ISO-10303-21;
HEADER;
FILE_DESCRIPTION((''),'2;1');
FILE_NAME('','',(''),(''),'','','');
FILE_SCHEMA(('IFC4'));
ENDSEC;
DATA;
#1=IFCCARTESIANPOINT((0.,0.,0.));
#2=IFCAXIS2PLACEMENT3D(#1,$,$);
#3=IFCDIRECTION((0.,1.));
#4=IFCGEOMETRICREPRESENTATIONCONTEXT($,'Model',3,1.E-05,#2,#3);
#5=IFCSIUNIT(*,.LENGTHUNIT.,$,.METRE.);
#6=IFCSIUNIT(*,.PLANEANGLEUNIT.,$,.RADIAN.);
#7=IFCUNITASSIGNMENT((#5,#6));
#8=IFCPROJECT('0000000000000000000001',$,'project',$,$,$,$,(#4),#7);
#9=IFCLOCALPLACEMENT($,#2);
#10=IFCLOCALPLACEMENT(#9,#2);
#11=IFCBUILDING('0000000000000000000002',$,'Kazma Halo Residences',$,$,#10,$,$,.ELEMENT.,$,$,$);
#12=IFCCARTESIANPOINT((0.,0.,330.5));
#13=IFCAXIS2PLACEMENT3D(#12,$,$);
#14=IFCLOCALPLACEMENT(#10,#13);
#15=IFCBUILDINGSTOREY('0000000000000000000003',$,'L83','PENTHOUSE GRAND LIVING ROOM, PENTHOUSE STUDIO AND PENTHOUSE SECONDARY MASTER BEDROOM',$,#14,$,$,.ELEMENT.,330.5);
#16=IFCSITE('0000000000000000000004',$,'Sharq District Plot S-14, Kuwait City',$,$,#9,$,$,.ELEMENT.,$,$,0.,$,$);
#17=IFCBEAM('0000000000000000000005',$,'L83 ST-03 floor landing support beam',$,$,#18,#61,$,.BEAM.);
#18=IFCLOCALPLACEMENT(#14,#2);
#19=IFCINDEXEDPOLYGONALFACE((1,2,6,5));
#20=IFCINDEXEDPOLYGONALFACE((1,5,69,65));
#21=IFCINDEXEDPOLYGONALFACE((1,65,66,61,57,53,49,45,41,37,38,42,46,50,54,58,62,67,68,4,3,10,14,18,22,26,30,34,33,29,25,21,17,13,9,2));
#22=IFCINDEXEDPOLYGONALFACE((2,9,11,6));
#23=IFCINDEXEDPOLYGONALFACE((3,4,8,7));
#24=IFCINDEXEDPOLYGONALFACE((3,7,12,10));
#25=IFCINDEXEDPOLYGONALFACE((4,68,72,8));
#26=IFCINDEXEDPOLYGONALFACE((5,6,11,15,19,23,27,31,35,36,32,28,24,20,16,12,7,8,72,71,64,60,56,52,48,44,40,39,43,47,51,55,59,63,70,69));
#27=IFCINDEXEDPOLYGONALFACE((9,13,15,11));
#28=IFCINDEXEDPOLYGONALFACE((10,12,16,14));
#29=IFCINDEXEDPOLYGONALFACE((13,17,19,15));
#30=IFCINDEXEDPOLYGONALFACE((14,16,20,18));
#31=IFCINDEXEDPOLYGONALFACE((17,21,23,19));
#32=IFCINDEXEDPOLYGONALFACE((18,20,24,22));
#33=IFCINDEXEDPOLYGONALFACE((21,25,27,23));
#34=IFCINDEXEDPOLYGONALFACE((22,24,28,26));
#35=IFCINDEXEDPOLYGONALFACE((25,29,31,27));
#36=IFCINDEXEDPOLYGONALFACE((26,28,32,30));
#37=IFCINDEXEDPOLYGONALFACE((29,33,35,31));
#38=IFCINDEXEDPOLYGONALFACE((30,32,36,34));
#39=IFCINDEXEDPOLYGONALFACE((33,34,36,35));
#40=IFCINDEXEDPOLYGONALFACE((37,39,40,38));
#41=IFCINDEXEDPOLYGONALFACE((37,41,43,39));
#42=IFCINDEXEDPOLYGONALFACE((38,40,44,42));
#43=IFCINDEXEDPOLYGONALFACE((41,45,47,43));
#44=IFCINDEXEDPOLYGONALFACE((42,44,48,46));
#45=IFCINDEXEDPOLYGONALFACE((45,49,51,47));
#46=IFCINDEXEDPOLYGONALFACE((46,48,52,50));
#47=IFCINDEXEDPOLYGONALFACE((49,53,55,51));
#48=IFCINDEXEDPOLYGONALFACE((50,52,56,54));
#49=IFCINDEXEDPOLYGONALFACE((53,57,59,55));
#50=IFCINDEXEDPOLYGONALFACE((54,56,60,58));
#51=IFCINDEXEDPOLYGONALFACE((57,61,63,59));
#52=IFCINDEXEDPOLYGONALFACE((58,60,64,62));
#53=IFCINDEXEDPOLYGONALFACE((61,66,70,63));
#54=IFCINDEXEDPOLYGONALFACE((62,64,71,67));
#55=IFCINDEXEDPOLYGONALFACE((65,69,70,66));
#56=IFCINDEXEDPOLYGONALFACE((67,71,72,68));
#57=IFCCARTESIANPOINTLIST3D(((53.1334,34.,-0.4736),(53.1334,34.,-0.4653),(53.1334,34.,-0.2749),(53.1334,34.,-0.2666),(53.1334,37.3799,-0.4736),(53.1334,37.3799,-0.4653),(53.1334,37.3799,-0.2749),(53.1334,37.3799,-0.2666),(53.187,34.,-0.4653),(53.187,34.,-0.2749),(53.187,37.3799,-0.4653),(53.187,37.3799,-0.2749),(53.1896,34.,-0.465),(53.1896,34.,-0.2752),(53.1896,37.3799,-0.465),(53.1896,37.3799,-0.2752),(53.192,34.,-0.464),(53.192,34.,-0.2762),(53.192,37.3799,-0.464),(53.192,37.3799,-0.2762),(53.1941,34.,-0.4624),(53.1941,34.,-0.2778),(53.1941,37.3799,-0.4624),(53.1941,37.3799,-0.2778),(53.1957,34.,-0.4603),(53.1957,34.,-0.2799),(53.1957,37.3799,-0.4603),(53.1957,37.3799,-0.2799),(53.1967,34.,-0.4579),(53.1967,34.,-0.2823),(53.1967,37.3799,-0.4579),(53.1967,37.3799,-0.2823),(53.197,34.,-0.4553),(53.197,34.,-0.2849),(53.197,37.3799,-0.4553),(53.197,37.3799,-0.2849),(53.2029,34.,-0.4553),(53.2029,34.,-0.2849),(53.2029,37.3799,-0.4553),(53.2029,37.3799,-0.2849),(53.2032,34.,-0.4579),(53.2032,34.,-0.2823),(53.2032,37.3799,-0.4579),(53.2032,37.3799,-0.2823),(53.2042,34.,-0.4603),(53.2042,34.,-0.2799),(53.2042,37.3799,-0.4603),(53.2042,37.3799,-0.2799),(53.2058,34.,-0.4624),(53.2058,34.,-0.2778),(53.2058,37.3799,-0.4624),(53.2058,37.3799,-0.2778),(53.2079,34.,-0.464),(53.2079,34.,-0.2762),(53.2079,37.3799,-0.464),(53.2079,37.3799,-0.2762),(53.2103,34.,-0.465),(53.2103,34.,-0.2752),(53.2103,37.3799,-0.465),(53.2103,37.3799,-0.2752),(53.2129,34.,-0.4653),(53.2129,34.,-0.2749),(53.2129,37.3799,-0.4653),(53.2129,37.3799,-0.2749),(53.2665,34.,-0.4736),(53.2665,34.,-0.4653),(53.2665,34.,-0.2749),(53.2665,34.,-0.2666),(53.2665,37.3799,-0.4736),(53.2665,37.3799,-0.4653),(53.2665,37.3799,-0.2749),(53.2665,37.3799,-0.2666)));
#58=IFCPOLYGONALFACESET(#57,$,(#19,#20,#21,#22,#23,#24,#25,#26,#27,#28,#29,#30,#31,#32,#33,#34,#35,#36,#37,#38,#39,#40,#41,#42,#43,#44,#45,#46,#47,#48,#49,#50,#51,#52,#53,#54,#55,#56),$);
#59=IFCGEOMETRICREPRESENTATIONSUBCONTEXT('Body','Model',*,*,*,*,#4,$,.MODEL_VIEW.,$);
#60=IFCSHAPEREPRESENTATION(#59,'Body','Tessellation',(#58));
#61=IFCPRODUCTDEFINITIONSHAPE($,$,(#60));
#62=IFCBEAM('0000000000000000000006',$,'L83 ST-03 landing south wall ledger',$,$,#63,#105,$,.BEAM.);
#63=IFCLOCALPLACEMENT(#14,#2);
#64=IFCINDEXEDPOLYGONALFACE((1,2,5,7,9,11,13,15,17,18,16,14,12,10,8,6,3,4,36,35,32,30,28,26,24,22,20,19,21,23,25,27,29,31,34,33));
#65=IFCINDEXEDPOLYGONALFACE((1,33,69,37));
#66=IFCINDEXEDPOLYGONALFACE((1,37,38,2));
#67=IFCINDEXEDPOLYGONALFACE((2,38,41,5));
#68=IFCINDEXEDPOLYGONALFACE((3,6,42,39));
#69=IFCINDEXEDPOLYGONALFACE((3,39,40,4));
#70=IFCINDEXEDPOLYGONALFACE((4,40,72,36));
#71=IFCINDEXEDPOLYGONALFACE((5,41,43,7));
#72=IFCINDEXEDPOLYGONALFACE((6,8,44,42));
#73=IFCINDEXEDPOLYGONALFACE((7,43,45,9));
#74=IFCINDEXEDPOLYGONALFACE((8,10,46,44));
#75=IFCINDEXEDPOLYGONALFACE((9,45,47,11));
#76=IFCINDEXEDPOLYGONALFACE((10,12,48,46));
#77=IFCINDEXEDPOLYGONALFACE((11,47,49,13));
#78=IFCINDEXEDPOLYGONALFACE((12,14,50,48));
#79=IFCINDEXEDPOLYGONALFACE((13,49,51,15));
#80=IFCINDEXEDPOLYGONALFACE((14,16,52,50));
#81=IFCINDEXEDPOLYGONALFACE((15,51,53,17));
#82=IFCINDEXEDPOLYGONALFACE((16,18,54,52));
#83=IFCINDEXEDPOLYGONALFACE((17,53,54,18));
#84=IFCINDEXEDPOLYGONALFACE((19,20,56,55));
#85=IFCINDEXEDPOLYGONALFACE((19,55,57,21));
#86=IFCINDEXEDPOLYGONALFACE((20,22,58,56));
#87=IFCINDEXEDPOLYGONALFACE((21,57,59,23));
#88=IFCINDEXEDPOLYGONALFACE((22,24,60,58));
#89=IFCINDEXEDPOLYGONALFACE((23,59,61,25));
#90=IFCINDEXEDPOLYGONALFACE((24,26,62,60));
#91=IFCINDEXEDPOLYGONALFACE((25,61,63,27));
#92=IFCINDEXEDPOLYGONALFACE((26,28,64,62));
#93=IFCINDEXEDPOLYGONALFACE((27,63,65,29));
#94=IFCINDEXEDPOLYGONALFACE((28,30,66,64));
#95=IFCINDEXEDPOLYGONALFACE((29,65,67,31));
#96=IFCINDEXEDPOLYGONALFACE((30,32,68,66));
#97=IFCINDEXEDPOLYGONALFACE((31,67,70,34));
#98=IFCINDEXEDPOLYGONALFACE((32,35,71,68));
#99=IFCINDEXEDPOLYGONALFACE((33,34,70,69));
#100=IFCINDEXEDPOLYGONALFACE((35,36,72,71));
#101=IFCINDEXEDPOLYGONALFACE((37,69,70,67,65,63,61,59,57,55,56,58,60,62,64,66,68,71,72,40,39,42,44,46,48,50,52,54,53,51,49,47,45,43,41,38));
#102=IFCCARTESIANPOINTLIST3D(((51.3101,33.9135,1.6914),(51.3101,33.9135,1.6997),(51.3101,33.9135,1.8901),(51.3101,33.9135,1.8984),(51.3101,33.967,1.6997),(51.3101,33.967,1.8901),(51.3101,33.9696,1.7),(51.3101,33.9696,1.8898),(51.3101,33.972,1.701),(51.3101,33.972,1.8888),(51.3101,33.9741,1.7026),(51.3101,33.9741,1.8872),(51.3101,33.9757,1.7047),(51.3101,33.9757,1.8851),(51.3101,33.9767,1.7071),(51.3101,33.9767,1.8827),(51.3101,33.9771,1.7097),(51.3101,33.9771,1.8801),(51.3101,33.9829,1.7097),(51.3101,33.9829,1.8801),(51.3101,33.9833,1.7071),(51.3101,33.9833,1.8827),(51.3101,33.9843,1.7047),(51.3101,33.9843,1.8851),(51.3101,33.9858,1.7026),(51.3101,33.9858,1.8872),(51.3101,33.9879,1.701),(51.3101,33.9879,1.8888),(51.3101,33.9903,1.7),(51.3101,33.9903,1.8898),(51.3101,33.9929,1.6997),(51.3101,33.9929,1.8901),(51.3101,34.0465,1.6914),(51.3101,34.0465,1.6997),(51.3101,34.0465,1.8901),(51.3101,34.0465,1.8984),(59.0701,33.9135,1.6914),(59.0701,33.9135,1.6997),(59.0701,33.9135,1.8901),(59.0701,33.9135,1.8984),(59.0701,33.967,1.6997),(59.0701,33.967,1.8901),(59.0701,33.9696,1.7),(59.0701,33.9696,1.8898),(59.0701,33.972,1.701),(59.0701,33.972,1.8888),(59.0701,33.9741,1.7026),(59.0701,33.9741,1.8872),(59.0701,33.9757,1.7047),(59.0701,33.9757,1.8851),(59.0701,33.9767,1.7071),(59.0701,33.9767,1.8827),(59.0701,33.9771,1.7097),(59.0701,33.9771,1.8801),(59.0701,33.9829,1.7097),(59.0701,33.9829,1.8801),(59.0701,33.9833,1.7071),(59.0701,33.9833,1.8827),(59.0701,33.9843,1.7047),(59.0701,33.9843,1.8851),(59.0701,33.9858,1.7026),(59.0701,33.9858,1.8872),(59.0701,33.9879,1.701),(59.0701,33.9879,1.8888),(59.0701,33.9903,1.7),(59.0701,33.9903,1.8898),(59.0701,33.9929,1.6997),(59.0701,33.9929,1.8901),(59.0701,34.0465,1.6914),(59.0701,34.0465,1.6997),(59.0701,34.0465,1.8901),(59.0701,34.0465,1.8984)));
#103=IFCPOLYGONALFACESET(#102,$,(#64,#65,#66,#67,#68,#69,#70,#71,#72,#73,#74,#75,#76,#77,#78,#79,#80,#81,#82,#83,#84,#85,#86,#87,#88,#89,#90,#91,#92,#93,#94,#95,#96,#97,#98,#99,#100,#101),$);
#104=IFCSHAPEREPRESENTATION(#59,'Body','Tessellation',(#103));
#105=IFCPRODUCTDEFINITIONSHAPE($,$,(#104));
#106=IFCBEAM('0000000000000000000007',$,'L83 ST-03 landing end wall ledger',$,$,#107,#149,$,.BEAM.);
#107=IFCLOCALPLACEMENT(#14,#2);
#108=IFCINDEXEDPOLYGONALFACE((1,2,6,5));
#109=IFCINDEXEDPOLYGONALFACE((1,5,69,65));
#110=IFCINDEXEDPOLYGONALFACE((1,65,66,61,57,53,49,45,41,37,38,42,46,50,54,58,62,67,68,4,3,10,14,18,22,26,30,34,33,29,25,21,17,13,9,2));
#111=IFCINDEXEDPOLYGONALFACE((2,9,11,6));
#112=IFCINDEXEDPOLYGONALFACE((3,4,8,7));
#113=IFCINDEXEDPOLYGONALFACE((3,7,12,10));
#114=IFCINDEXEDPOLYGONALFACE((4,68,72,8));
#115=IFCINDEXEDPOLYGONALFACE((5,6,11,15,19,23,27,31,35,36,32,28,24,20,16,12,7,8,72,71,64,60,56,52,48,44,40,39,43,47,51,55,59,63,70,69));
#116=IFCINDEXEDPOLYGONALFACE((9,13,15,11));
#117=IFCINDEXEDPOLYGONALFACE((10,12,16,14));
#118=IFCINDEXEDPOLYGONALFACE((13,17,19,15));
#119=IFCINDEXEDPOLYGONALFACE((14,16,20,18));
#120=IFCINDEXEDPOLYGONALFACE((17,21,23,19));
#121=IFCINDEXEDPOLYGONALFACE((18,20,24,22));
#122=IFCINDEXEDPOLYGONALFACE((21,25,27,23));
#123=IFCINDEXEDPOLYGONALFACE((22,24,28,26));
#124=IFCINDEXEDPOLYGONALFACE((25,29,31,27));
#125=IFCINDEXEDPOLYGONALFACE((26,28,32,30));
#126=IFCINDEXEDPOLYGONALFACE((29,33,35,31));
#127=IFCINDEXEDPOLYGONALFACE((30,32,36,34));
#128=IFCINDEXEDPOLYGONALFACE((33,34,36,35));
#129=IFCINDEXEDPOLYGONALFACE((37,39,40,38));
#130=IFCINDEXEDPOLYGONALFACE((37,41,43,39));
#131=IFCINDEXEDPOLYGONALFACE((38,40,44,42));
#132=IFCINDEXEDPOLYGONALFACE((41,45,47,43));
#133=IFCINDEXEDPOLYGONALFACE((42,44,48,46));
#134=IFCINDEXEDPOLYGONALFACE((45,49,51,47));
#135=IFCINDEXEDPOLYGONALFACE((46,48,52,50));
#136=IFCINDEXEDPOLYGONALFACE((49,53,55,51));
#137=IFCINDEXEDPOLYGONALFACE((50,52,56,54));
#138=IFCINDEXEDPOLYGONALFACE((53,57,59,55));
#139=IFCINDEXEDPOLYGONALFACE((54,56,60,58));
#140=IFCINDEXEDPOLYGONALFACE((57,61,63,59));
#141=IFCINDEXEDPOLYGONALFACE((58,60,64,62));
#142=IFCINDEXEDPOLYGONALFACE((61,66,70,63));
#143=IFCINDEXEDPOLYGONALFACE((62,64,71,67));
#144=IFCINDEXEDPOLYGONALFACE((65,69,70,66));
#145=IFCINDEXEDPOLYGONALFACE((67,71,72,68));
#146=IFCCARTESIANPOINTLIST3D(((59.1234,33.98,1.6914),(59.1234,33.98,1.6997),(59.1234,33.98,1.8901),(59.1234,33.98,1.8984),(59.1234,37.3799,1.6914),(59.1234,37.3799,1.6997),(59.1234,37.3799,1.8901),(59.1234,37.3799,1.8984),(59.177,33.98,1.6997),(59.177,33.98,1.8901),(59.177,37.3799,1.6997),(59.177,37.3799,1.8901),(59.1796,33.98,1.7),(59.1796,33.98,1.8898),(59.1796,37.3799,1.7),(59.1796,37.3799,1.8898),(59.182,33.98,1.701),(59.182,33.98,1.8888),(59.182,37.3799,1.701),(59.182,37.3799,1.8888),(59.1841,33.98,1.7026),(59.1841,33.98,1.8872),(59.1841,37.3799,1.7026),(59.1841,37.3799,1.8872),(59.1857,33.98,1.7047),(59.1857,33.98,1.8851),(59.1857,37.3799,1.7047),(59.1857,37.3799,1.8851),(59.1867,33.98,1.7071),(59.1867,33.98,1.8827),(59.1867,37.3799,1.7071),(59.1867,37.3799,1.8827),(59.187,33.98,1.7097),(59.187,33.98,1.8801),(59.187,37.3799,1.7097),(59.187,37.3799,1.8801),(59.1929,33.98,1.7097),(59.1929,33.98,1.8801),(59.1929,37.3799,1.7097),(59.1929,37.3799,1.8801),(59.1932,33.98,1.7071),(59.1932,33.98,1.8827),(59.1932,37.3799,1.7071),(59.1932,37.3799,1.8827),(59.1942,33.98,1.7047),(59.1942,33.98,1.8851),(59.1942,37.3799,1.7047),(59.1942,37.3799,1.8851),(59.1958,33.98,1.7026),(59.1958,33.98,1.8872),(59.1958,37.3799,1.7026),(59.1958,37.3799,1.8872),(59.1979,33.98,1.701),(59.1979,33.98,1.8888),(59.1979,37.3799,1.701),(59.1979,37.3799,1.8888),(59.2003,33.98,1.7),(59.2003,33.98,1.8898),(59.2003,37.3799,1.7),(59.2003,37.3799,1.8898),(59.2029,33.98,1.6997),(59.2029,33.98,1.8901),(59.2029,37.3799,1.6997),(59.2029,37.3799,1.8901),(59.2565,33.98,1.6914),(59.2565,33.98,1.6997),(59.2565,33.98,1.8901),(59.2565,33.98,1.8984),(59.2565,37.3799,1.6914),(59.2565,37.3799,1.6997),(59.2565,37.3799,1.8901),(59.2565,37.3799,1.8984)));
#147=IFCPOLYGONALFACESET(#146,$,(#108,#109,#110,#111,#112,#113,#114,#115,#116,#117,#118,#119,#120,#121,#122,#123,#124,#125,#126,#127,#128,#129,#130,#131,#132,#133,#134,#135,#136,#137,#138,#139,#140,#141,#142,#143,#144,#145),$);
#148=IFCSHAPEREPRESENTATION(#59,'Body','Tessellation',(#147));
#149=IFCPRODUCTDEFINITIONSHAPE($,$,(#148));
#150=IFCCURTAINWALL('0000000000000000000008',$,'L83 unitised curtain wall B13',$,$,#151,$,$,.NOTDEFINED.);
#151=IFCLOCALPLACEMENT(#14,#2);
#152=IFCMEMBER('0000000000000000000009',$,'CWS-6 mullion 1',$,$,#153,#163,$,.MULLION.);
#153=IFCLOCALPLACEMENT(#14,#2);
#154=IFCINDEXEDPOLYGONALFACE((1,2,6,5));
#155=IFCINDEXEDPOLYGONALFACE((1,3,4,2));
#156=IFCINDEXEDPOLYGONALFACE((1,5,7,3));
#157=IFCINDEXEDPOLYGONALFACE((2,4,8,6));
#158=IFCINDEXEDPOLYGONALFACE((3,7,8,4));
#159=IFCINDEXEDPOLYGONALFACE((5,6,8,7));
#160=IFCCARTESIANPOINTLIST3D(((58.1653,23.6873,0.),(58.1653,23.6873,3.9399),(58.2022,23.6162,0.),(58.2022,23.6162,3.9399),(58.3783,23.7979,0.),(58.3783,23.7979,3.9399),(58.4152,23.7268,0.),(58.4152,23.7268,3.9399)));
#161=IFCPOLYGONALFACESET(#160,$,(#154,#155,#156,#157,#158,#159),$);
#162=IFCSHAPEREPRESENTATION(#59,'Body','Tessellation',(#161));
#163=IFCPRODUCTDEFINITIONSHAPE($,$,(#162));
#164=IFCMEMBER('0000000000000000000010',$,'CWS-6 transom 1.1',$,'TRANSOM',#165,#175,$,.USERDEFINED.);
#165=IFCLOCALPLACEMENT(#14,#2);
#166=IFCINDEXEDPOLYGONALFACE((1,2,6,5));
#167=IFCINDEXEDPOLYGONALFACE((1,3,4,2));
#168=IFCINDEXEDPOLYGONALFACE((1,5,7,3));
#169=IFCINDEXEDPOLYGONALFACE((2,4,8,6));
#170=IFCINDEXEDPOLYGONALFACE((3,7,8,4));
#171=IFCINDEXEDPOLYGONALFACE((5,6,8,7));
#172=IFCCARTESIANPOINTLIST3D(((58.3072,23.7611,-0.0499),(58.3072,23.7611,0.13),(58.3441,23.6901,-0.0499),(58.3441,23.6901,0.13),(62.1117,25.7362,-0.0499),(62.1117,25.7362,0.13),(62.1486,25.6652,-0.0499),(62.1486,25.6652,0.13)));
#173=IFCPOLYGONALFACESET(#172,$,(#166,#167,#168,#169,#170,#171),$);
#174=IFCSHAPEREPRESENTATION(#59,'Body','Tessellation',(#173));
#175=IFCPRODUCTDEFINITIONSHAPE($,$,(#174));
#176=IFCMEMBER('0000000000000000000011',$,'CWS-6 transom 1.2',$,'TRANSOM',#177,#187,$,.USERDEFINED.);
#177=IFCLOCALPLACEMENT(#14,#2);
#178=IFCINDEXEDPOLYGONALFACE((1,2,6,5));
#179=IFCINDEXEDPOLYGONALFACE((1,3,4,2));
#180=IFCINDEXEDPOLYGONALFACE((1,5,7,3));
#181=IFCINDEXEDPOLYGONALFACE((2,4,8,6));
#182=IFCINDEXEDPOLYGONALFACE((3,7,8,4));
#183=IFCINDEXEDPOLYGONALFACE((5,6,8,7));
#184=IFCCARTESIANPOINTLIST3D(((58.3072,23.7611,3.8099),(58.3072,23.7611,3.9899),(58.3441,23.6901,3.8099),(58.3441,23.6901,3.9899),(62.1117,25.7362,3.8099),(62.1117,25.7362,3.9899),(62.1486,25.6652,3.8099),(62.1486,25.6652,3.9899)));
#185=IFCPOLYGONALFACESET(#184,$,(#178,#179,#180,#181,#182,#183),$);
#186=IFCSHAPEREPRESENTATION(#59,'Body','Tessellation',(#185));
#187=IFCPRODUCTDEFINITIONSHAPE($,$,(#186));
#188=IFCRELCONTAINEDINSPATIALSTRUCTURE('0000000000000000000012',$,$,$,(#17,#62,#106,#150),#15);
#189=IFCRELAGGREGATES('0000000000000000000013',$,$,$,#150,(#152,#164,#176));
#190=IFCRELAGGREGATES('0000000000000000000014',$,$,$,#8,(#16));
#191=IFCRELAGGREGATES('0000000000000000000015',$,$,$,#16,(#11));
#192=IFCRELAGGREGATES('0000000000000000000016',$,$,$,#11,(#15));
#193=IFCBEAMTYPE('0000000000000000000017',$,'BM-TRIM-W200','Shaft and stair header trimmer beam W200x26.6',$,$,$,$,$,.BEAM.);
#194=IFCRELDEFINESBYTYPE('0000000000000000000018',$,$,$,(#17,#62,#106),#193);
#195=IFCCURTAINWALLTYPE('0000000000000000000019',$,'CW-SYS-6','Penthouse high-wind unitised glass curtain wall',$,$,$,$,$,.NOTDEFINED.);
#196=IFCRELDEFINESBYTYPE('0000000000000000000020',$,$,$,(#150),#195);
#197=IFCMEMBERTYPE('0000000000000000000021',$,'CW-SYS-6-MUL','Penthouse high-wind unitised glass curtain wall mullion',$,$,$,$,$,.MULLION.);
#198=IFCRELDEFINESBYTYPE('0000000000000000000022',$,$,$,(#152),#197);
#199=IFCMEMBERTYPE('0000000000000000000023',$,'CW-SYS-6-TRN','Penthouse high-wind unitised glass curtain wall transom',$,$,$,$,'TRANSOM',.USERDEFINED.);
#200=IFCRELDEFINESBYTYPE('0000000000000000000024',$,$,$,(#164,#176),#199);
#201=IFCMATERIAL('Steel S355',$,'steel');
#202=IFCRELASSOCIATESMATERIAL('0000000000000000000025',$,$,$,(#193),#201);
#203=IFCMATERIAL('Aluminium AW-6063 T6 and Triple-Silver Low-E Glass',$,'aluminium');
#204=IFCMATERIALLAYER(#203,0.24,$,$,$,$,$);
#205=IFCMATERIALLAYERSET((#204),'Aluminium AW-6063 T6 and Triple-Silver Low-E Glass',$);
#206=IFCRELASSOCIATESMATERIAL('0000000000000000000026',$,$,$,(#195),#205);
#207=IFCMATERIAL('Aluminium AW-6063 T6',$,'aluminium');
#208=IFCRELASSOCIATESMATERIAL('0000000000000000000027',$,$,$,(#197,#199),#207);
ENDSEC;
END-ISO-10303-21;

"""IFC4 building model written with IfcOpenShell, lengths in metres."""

from ifc_helpers import new_model, si_unit, direction, frame, origin, origin_2d, place, context, subcontext, project, spatial, rectangle, i_section, extrude, material, layer, layer_set, material_profile, profile_set, type_object, element, aggregate, save


model = new_model("IFC4")

# Units and contexts
model_context = context("Model", 3, precision=1e-05, world=origin(), true_north=direction((0.0, 1.0)))
body_context = subcontext(model_context, "Body", "Model", "MODEL_VIEW")
ifc_project = project(units=[si_unit("LENGTHUNIT", "METRE"), si_unit("PLANEANGLEUNIT", "RADIAN")], contexts=[model_context])

# Site, building, storey
site_placement = place(None, origin())
site = spatial("IfcSite", under=ifc_project, at=site_placement, Name="Sharq District Plot S-14, Kuwait City", CompositionType="ELEMENT", RefElevation=0.0)
building_placement = place(site_placement, origin())
building = spatial("IfcBuilding", under=site, at=building_placement, Name="Kazma Halo Residences", CompositionType="ELEMENT")
storey_placement = place(building_placement, frame((0.0, 0.0, 330.5)))
storey = spatial("IfcBuildingStorey", under=building, at=storey_placement, Name="L83", Description="PENTHOUSE GRAND LIVING ROOM, PENTHOUSE STUDIO AND PENTHOUSE SECONDARY MASTER BEDROOM", CompositionType="ELEMENT", Elevation=330.5)

# Beams
ifc_material_1 = material(Name="Steel S355", Category="steel")
ifc_material_profile_1 = material_profile(ifc_material_1, i_section(OverallWidth=0.1331, OverallDepth=0.207, WebThickness=0.0059, FlangeThickness=0.0083, FilletRadius=0.01, at=origin_2d()), Name="W200x26.6")
ifc_profile_set_1 = profile_set([ifc_material_profile_1], Name="Steel S355")
beam_type_1 = type_object("IfcBeamType", Name="BM-TRIM-W200", Description="Shaft and stair header trimmer beam W200x26.6", PredefinedType="BEAM", material=ifc_profile_set_1)
beam_1_placement = place(storey_placement, frame((53.2, 34.0, -0.3701), z_axis=(0.0, 1.0, 0.0), x_axis=(-1.0, 0.0, 0.0)))
element("IfcBeam", 1, at=beam_1_placement, inside=storey, type_object=beam_type_1, Name="L83 ST-03 floor landing support beam", PredefinedType="BEAM", context=body_context, shape_type="SweptSolid", body=[
    extrude(i_section(OverallWidth=0.1331, OverallDepth=0.207, WebThickness=0.0059, FlangeThickness=0.0083, FilletRadius=0.01, at=origin_2d()), origin(), (0.0, 0.0, 1.0), 3.3799),
])
beam_2_placement = place(storey_placement, frame((51.3101, 33.98, 1.7949), z_axis=(1.0, 0.0, 0.0), x_axis=(0.0, 1.0, 0.0)))
element("IfcBeam", 2, at=beam_2_placement, inside=storey, type_object=beam_type_1, Name="L83 ST-03 landing south wall ledger", PredefinedType="BEAM", context=body_context, shape_type="SweptSolid", body=[
    extrude(i_section(OverallWidth=0.1331, OverallDepth=0.207, WebThickness=0.0059, FlangeThickness=0.0083, FilletRadius=0.01, at=origin_2d()), origin(), (0.0, 0.0, 1.0), 7.76),
])
beam_3_placement = place(storey_placement, frame((59.1899, 33.98, 1.7949), z_axis=(0.0, 1.0, 0.0), x_axis=(-1.0, 0.0, 0.0)))
element("IfcBeam", 3, at=beam_3_placement, inside=storey, type_object=beam_type_1, Name="L83 ST-03 landing end wall ledger", PredefinedType="BEAM", context=body_context, shape_type="SweptSolid", body=[
    extrude(i_section(OverallWidth=0.1331, OverallDepth=0.207, WebThickness=0.0059, FlangeThickness=0.0083, FilletRadius=0.01, at=origin_2d()), origin(), (0.0, 0.0, 1.0), 3.3999),
])

# Curtain wall, members
ifc_material_2 = material(Name="Aluminium AW-6063 T6 and Triple-Silver Low-E Glass", Category="aluminium")
ifc_layer_1 = layer(ifc_material_2, 0.24)
ifc_layer_set_1 = layer_set([ifc_layer_1], Name="Aluminium AW-6063 T6 and Triple-Silver Low-E Glass")
curtain_wall_type = type_object("IfcCurtainWallType", Name="CW-SYS-6", Description="Penthouse high-wind unitised glass curtain wall", PredefinedType="NOTDEFINED", material=ifc_layer_set_1)
curtain_wall_placement = place(storey_placement, origin())
curtain_wall = element("IfcCurtainWall", 4, at=curtain_wall_placement, inside=storey, type_object=curtain_wall_type, Name="L83 unitised curtain wall B13", PredefinedType="NOTDEFINED")
ifc_material_3 = material(Name="Aluminium AW-6063 T6", Category="aluminium")
ifc_material_profile_2 = material_profile(ifc_material_3, rectangle(XDim=0.0801, YDim=0.24, at=origin_2d()), Name="CWM-80x240")
ifc_profile_set_2 = profile_set([ifc_material_profile_2], Name="Aluminium AW-6063 T6")
member_type_1 = type_object("IfcMemberType", Name="CW-SYS-6-MUL", Description="Penthouse high-wind unitised glass curtain wall mullion", PredefinedType="MULLION", material=ifc_profile_set_2)
member_1_placement = place(storey_placement, frame((58.2903, 23.707, 0.0), z_axis=(0.0, 0.0, 1.0), x_axis=(-0.460796, 0.887506, 0.0)))
member_1 = element("IfcMember", 5, at=member_1_placement, type_object=member_type_1, Name="CWS-6 mullion 1", PredefinedType="MULLION", context=body_context, shape_type="SweptSolid", body=[
    extrude(rectangle(XDim=0.0801, YDim=0.24, at=origin_2d()), origin(), (0.0, 0.0, 1.0), 3.9399),
])
ifc_material_profile_3 = material_profile(ifc_material_3, rectangle(XDim=0.0801, YDim=0.1799, at=origin_2d()), Name="CWT-80x180")
ifc_profile_set_3 = profile_set([ifc_material_profile_3], Name="Aluminium AW-6063 T6")
member_type_2 = type_object("IfcMemberType", Name="CW-SYS-6-TRN", Description="Penthouse high-wind unitised glass curtain wall transom", ElementType="TRANSOM", PredefinedType="USERDEFINED", material=ifc_profile_set_3)
member_2_placement = place(storey_placement, frame((58.3257, 23.7256, 0.04), z_axis=(0.887523, 0.460763, 0.0), x_axis=(-0.460763, 0.887523, 0.0)))
member_2 = element("IfcMember", 6, at=member_2_placement, type_object=member_type_2, Name="CWS-6 transom 1.1", ObjectType="TRANSOM", PredefinedType="USERDEFINED", context=body_context, shape_type="SweptSolid", body=[
    extrude(rectangle(XDim=0.0801, YDim=0.1799, at=origin_2d()), origin(), (0.0, 0.0, 1.0), 4.2866),
])
member_3_placement = place(storey_placement, frame((58.3257, 23.7256, 3.8999), z_axis=(0.887523, 0.460763, 0.0), x_axis=(-0.460763, 0.887523, 0.0)))
member_3 = element("IfcMember", 7, at=member_3_placement, type_object=member_type_2, Name="CWS-6 transom 1.2", ObjectType="TRANSOM", PredefinedType="USERDEFINED", context=body_context, shape_type="SweptSolid", body=[
    extrude(rectangle(XDim=0.0801, YDim=0.1799, at=origin_2d()), origin(), (0.0, 0.0, 1.0), 4.2866),
])
aggregate(curtain_wall, [member_1, member_2, member_3])

save(model, "model.ifc")
